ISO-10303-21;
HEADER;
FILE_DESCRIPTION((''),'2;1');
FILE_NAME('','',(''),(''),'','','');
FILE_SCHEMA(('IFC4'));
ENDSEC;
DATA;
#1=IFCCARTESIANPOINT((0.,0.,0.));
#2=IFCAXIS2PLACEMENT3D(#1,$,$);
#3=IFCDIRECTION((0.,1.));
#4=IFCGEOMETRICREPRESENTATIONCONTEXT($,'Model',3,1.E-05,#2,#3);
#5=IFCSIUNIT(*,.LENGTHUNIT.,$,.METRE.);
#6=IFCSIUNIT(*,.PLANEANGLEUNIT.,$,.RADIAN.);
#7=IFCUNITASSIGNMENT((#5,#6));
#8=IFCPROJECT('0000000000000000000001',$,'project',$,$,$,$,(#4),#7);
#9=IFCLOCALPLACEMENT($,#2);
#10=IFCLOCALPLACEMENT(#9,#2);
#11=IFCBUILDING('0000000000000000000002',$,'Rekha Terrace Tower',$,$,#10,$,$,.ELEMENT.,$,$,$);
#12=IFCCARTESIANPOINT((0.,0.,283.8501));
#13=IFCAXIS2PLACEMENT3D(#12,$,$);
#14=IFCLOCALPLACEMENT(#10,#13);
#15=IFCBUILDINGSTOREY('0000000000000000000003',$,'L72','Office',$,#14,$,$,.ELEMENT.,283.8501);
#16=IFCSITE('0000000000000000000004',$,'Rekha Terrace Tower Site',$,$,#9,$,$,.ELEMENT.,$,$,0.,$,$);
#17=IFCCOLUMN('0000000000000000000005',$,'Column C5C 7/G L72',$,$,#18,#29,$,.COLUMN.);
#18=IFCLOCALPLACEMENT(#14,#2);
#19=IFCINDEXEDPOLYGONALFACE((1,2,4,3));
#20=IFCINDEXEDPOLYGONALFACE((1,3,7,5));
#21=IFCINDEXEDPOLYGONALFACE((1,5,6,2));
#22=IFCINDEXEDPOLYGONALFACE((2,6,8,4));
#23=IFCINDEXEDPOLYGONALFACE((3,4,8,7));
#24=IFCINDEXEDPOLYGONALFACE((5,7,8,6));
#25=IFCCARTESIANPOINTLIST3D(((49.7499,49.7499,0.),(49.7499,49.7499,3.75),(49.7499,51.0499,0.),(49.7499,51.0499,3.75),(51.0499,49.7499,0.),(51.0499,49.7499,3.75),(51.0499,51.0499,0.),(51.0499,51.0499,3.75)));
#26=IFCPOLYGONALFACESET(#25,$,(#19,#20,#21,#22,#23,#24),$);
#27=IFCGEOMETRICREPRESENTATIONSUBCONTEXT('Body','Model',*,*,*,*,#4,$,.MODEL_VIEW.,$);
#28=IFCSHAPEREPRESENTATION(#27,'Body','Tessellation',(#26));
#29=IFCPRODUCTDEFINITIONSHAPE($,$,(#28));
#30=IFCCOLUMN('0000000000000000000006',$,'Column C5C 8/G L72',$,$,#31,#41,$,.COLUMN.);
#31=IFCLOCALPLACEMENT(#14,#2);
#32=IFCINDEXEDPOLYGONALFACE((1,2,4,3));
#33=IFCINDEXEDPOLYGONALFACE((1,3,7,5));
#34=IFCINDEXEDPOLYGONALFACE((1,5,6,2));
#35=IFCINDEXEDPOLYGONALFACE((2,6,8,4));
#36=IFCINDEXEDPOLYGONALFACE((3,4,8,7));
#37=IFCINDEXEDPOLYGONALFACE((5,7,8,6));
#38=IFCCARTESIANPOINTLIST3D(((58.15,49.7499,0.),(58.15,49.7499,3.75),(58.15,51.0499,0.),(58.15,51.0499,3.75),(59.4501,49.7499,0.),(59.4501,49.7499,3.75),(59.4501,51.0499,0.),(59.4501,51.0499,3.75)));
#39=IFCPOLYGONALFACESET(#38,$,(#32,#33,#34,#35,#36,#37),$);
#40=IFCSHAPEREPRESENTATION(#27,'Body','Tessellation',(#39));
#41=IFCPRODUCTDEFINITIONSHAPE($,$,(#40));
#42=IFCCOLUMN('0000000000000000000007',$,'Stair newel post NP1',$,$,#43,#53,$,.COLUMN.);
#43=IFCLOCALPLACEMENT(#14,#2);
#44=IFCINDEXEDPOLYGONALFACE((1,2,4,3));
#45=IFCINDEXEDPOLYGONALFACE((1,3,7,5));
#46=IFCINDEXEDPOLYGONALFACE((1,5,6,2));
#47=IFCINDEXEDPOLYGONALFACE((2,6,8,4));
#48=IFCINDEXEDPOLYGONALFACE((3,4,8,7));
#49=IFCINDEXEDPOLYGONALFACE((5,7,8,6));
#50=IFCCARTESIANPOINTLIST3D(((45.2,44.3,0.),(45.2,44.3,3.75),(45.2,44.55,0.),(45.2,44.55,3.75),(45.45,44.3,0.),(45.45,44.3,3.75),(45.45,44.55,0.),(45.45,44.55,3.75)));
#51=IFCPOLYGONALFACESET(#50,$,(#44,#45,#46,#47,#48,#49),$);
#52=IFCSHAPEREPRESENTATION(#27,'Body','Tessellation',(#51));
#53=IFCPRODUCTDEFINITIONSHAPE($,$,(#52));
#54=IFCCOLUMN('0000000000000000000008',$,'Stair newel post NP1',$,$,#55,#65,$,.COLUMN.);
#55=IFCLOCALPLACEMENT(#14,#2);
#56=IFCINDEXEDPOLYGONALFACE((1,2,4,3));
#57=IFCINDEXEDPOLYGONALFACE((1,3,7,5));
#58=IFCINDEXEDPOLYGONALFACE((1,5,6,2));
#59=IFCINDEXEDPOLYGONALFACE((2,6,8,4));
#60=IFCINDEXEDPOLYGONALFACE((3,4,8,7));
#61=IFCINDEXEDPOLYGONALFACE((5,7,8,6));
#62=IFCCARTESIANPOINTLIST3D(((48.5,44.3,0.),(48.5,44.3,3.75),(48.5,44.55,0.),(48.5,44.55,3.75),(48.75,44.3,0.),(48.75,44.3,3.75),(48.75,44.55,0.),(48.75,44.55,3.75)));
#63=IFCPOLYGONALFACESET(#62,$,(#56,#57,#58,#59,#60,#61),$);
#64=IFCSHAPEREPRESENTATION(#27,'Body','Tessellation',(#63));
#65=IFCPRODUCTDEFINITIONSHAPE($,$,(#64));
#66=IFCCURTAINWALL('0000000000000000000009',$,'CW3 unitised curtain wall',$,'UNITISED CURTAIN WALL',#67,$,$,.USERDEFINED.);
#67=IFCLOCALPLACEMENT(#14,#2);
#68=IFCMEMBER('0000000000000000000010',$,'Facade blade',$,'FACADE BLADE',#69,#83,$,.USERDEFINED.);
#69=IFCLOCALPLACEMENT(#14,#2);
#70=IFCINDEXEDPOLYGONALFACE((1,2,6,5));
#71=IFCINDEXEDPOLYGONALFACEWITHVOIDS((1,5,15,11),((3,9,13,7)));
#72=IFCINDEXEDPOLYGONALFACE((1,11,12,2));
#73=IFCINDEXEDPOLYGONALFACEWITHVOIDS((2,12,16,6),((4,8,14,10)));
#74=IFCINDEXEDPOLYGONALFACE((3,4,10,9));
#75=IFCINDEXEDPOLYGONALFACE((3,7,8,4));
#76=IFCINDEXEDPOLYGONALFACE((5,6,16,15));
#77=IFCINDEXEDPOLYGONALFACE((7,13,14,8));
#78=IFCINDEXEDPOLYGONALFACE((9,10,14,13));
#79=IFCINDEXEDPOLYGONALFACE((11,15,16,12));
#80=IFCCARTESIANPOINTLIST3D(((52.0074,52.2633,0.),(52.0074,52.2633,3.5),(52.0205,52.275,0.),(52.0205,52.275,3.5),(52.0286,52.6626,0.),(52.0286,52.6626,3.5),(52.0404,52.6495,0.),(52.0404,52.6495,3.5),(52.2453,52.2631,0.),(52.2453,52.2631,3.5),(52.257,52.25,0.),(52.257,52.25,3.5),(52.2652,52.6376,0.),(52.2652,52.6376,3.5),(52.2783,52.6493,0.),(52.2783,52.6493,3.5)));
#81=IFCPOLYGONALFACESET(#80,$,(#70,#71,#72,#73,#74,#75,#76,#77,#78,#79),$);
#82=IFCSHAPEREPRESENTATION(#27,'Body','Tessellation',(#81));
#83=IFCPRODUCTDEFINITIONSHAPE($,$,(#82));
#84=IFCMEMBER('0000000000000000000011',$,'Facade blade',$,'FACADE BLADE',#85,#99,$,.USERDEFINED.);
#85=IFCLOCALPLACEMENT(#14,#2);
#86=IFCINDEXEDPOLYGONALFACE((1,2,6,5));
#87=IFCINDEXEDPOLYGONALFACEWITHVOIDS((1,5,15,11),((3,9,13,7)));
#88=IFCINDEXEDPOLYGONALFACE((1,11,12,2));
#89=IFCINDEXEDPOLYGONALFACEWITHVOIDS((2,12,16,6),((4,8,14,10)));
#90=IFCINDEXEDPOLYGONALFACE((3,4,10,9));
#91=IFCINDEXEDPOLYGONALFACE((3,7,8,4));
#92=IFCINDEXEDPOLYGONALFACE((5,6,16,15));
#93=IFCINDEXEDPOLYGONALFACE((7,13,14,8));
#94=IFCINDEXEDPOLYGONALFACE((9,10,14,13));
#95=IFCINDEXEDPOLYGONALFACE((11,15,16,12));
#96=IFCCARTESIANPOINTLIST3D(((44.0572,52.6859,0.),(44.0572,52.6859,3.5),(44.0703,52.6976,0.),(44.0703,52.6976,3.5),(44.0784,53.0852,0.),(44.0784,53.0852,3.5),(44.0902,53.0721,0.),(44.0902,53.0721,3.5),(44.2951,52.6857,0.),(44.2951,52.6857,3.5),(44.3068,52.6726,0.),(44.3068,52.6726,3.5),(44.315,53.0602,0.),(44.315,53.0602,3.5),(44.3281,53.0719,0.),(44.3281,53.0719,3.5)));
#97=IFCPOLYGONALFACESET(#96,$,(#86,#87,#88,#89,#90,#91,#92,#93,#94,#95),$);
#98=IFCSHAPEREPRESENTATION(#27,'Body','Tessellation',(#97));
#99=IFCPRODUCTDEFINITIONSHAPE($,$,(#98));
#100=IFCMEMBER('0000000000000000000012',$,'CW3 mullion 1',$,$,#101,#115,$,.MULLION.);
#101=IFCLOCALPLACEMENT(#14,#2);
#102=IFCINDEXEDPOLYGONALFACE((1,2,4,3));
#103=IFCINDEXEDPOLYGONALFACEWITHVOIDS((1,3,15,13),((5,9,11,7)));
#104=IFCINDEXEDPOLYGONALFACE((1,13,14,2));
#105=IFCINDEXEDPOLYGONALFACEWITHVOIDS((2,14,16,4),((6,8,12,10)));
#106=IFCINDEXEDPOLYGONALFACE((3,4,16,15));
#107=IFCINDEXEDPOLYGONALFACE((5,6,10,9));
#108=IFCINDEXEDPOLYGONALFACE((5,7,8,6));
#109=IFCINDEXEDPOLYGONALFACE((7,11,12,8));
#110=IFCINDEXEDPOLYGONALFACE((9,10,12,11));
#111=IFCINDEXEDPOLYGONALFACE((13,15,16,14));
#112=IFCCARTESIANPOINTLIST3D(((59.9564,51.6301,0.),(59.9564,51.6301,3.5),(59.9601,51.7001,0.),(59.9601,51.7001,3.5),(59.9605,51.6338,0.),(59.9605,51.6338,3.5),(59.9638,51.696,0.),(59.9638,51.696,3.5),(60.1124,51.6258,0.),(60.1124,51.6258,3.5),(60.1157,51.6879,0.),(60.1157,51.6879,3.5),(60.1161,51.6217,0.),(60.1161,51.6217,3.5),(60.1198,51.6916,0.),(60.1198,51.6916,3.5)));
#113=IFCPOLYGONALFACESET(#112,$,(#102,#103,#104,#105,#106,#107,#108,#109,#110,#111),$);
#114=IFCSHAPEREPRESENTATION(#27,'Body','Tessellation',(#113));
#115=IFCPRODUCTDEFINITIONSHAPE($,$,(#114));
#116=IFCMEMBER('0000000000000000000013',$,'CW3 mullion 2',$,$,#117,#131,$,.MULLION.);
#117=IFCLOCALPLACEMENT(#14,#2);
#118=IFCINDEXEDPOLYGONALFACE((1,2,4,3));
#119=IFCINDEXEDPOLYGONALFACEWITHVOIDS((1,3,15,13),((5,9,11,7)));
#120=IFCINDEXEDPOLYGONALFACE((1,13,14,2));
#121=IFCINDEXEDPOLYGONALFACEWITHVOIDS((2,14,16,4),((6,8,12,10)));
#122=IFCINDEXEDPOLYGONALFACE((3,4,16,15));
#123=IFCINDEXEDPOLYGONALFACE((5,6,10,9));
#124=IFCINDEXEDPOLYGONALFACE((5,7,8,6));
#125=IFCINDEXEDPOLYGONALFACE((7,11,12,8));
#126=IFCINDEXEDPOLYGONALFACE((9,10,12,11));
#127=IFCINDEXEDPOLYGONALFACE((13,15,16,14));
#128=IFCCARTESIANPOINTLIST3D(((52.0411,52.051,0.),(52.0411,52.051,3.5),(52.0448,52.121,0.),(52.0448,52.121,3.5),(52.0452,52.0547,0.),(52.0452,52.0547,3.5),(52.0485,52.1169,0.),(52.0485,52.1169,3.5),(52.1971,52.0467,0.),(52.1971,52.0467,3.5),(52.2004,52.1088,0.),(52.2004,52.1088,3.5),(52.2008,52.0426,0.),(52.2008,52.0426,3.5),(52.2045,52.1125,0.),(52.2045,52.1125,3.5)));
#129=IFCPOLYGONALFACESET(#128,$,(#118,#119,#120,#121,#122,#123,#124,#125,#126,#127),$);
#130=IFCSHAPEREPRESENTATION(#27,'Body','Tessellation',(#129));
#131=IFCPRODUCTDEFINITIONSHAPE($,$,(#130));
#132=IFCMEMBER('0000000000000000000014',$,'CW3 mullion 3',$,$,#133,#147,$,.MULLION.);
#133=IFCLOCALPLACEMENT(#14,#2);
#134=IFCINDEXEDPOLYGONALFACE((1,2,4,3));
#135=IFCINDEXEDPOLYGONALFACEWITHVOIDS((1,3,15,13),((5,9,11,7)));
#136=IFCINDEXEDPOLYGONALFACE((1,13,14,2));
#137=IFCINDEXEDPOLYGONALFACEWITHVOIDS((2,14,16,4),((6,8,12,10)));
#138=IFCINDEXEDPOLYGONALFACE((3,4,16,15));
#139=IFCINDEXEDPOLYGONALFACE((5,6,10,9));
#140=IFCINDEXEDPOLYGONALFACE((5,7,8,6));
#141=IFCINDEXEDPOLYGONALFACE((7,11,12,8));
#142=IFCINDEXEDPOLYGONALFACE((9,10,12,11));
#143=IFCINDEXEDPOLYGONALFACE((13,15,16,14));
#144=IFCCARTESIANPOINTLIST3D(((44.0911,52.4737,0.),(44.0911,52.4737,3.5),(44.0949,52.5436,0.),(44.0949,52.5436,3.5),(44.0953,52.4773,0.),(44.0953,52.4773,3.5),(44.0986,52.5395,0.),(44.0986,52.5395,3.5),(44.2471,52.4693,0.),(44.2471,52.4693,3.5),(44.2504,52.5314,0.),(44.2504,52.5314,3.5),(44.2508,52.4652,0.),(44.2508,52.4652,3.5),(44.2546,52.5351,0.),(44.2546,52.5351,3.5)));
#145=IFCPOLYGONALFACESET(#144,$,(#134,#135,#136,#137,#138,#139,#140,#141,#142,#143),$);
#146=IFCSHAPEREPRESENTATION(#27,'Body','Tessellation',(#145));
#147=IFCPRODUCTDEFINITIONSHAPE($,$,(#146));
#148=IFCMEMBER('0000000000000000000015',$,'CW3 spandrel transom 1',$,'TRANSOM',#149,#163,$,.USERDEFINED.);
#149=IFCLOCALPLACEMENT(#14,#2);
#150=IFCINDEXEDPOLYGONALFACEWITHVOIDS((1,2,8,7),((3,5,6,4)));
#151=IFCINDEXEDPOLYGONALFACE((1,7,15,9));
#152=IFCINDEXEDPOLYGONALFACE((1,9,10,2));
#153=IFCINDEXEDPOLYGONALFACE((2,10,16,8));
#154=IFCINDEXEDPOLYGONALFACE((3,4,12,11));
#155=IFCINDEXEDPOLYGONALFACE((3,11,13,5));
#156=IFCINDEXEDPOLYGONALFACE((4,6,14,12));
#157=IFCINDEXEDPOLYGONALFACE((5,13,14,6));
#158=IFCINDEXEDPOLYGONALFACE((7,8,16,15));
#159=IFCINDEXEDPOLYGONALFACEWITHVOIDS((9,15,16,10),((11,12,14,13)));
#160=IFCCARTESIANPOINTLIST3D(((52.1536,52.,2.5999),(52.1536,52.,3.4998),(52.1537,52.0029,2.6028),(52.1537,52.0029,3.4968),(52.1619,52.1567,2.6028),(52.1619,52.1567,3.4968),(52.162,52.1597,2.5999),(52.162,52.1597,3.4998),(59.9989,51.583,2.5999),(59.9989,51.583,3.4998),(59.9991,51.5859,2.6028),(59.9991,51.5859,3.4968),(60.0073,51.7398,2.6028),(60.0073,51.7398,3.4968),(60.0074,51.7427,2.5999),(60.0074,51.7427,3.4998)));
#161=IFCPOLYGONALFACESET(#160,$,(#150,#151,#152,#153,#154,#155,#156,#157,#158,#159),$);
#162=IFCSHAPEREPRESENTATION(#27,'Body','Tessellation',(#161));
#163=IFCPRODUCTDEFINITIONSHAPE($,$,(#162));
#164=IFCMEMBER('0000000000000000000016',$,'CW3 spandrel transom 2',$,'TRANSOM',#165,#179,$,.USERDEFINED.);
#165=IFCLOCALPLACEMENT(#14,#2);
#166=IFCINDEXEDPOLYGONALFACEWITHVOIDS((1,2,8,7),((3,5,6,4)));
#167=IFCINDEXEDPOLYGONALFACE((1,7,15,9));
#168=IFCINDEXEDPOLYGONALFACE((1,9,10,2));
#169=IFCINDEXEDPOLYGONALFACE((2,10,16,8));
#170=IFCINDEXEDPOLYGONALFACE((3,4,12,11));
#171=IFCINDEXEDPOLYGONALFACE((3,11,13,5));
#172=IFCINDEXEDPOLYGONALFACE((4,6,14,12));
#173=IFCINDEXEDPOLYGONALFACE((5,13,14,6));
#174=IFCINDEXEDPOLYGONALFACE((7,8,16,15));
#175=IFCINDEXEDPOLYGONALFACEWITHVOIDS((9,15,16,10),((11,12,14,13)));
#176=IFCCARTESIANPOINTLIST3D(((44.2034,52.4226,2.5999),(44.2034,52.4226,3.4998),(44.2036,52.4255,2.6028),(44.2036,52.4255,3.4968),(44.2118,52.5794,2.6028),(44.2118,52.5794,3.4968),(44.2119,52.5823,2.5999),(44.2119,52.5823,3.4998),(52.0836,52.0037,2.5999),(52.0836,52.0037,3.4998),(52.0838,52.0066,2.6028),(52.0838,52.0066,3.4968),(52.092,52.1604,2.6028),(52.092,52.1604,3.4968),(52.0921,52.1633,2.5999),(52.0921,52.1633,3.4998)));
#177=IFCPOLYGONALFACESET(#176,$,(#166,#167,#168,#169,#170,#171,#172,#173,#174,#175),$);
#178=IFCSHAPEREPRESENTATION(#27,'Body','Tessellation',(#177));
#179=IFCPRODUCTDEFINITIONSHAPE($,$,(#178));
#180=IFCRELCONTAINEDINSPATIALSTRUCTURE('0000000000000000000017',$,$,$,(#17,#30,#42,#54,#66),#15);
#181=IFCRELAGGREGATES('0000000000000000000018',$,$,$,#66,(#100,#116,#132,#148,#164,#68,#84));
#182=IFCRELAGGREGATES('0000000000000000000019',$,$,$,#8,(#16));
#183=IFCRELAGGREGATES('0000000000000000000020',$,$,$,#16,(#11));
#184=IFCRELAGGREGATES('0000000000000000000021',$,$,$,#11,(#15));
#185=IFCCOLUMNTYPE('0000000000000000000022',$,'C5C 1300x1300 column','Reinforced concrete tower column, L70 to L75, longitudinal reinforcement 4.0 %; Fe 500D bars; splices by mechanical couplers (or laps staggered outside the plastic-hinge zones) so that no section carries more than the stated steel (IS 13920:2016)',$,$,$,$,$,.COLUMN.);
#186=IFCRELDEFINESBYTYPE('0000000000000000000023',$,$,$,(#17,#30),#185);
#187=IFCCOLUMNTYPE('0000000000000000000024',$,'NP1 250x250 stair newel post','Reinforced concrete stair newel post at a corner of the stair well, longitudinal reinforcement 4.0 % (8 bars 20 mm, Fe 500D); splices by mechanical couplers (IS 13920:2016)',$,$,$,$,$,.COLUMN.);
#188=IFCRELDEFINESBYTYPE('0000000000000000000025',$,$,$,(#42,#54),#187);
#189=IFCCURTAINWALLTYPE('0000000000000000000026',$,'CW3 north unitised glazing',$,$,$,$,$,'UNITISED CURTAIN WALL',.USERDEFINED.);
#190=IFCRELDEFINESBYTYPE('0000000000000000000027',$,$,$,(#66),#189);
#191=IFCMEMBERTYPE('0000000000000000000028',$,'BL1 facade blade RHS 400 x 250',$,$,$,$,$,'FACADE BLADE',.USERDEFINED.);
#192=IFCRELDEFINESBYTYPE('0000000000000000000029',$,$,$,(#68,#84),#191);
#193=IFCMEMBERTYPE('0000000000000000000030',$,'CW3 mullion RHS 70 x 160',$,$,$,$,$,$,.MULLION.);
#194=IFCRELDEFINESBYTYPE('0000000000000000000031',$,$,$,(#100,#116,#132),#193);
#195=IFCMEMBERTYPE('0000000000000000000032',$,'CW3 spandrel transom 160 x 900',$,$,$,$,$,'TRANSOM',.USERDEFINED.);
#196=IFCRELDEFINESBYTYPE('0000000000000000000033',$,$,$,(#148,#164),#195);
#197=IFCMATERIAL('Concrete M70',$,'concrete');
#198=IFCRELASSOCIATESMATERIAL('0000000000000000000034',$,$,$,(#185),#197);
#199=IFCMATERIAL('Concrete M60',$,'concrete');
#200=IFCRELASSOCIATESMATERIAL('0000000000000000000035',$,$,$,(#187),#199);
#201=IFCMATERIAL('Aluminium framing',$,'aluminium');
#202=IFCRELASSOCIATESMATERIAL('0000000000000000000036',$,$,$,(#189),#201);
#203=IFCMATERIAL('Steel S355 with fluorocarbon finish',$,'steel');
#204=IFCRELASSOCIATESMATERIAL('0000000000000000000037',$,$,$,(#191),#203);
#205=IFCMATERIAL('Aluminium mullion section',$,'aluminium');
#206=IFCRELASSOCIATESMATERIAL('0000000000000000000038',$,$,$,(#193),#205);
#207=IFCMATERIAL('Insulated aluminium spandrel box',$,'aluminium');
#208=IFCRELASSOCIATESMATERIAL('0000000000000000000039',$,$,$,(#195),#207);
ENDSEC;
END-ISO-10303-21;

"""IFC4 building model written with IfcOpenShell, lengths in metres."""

from ifc_helpers import new_model, si_unit, direction, frame, origin, origin_2d, place, context, subcontext, project, spatial, rectangle, hollow_rectangle, extrude, material, material_profile, profile_set, type_object, element, aggregate, save


model = new_model("IFC4")

# Units and contexts
model_context = context("Model", 3, precision=1e-05, world=origin(), true_north=direction((0.0, 1.0)))
body_context = subcontext(model_context, "Body", "Model", "MODEL_VIEW")
ifc_project = project(units=[si_unit("LENGTHUNIT", "METRE"), si_unit("PLANEANGLEUNIT", "RADIAN")], contexts=[model_context])

# Site, building, storey
site_placement = place(None, origin())
site = spatial("IfcSite", under=ifc_project, at=site_placement, Name="Rekha Terrace Tower Site", CompositionType="ELEMENT", RefElevation=0.0)
building_placement = place(site_placement, origin())
building = spatial("IfcBuilding", under=site, at=building_placement, Name="Rekha Terrace Tower", CompositionType="ELEMENT")
storey_placement = place(building_placement, frame((0.0, 0.0, 283.8501)))
storey = spatial("IfcBuildingStorey", under=building, at=storey_placement, Name="L72", Description="Office", CompositionType="ELEMENT", Elevation=283.8501)

# Columns
ifc_material_1 = material(Name="Concrete M70", Category="concrete")
ifc_material_profile_1 = material_profile(ifc_material_1, rectangle(XDim=1.3, YDim=1.3, at=origin_2d()), Name="RC 1300x1300")
ifc_profile_set_1 = profile_set([ifc_material_profile_1], Name="Concrete M70")
column_type_1 = type_object("IfcColumnType", Name="C5C 1300x1300 column", Description="Reinforced concrete tower column, L70 to L75, longitudinal reinforcement 4.0 %; Fe 500D bars; splices by mechanical couplers (or laps staggered outside the plastic-hinge zones) so that no section carries more than the stated steel (IS 13920:2016)", PredefinedType="COLUMN", material=ifc_profile_set_1)
for number, where, z_axis, x_axis, name in (
    (1, (50.3999, 50.3999, 0.0), (0.0, 0.0, 1.0), (1.0, 0.0, 0.0), "Column C5C 7/G L72"),
    (2, (58.8, 50.3999, 0.0), (0.0, 0.0, 1.0), (1.0, 0.0, 0.0), "Column C5C 8/G L72"),
):
    element("IfcColumn", number, at=place(storey_placement, frame(where, z_axis=z_axis, x_axis=x_axis)), inside=storey, type_object=column_type_1, Name=name, PredefinedType="COLUMN", context=body_context, shape_type="SweptSolid", body=[
        extrude(rectangle(XDim=1.3, YDim=1.3, at=origin_2d()), origin(), (0.0, 0.0, 1.0), 3.75),
    ])
ifc_material_2 = material(Name="Concrete M60", Category="concrete")
ifc_material_profile_2 = material_profile(ifc_material_2, rectangle(XDim=0.25, YDim=0.25, at=origin_2d()), Name="RC 250x250")
ifc_profile_set_2 = profile_set([ifc_material_profile_2], Name="Concrete M60")
column_type_2 = type_object("IfcColumnType", Name="NP1 250x250 stair newel post", Description="Reinforced concrete stair newel post at a corner of the stair well, longitudinal reinforcement 4.0 % (8 bars 20 mm, Fe 500D); splices by mechanical couplers (IS 13920:2016)", PredefinedType="COLUMN", material=ifc_profile_set_2)
for number, where, z_axis, x_axis, name in (
    (3, (45.325, 44.425, 0.0), (0.0, 0.0, 1.0), (1.0, 0.0, 0.0), "Stair newel post NP1"),
    (4, (48.625, 44.425, 0.0), (0.0, 0.0, 1.0), (1.0, 0.0, 0.0), "Stair newel post NP1"),
):
    element("IfcColumn", number, at=place(storey_placement, frame(where, z_axis=z_axis, x_axis=x_axis)), inside=storey, type_object=column_type_2, Name=name, PredefinedType="COLUMN", context=body_context, shape_type="SweptSolid", body=[
        extrude(rectangle(XDim=0.25, YDim=0.25, at=origin_2d()), origin(), (0.0, 0.0, 1.0), 3.75),
    ])

# Curtain wall, members
ifc_material_3 = material(Name="Aluminium framing", Category="aluminium")
curtain_wall_type = type_object("IfcCurtainWallType", Name="CW3 north unitised glazing", ElementType="UNITISED CURTAIN WALL", PredefinedType="USERDEFINED", material=ifc_material_3)
curtain_wall_placement = place(storey_placement, origin())
curtain_wall = element("IfcCurtainWall", 5, at=curtain_wall_placement, inside=storey, type_object=curtain_wall_type, Name="CW3 unitised curtain wall", ObjectType="UNITISED CURTAIN WALL", PredefinedType="USERDEFINED")
ifc_material_4 = material(Name="Steel S355 with fluorocarbon finish", Category="steel")
ifc_material_profile_3 = material_profile(ifc_material_4, hollow_rectangle(XDim=0.25, YDim=0.3999, WallThickness=0.0125, at=origin_2d()), Name="RHS400x250x12.5")
ifc_profile_set_3 = profile_set([ifc_material_profile_3], Name="Steel S355 with fluorocarbon finish")
member_type_1 = type_object("IfcMemberType", Name="BL1 facade blade RHS 400 x 250", ElementType="FACADE BLADE", PredefinedType="USERDEFINED", material=ifc_profile_set_3)
member_1_placement = place(storey_placement, frame((52.1428, 52.4563, 0.0), z_axis=(0.0, 0.0, 1.0), x_axis=(-0.99859, 0.053084, 0.0)))
member_1 = element("IfcMember", 6, at=member_1_placement, type_object=member_type_1, Name="Facade blade", ObjectType="FACADE BLADE", PredefinedType="USERDEFINED", context=body_context, shape_type="SweptSolid", body=[
    extrude(hollow_rectangle(XDim=0.25, YDim=0.3999, WallThickness=0.0125, at=origin_2d()), origin(), (0.0, 0.0, 1.0), 3.5),
])
member_2_placement = place(storey_placement, frame((44.1926, 52.8789, 0.0), z_axis=(0.0, 0.0, 1.0), x_axis=(-0.99859, 0.053084, 0.0)))
member_2 = element("IfcMember", 7, at=member_2_placement, type_object=member_type_1, Name="Facade blade", ObjectType="FACADE BLADE", PredefinedType="USERDEFINED", context=body_context, shape_type="SweptSolid", body=[
    extrude(hollow_rectangle(XDim=0.25, YDim=0.3999, WallThickness=0.0125, at=origin_2d()), origin(), (0.0, 0.0, 1.0), 3.5),
])
ifc_material_5 = material(Name="Aluminium mullion section", Category="aluminium")
ifc_material_profile_4 = material_profile(ifc_material_5, hollow_rectangle(XDim=0.0701, YDim=0.1599, WallThickness=0.0039, at=origin_2d()), Name="AL RHS 70x160")
ifc_profile_set_4 = profile_set([ifc_material_profile_4], Name="Aluminium mullion section")
member_type_2 = type_object("IfcMemberType", Name="CW3 mullion RHS 70 x 160", PredefinedType="MULLION", material=ifc_profile_set_4)
member_3_placement = place(storey_placement, frame((60.0381, 51.6609, 0.0), z_axis=(0.0, 0.0, 1.0), x_axis=(-0.053083, -0.99859, 0.0)))
member_3 = element("IfcMember", 8, at=member_3_placement, type_object=member_type_2, Name="CW3 mullion 1", PredefinedType="MULLION", context=body_context, shape_type="SweptSolid", body=[
    extrude(hollow_rectangle(XDim=0.0701, YDim=0.1599, WallThickness=0.0039, at=origin_2d()), origin(), (0.0, 0.0, 1.0), 3.5),
])
member_4_placement = place(storey_placement, frame((52.1228, 52.0818, 0.0), z_axis=(0.0, 0.0, 1.0), x_axis=(-0.053083, -0.99859, 0.0)))
member_4 = element("IfcMember", 9, at=member_4_placement, type_object=member_type_2, Name="CW3 mullion 2", PredefinedType="MULLION", context=body_context, shape_type="SweptSolid", body=[
    extrude(hollow_rectangle(XDim=0.0701, YDim=0.1599, WallThickness=0.0039, at=origin_2d()), origin(), (0.0, 0.0, 1.0), 3.5),
])
member_5_placement = place(storey_placement, frame((44.1729, 52.5044, 0.0), z_axis=(0.0, 0.0, 1.0), x_axis=(-0.053083, -0.99859, 0.0)))
member_5 = element("IfcMember", 10, at=member_5_placement, type_object=member_type_2, Name="CW3 mullion 3", PredefinedType="MULLION", context=body_context, shape_type="SweptSolid", body=[
    extrude(hollow_rectangle(XDim=0.0701, YDim=0.1599, WallThickness=0.0039, at=origin_2d()), origin(), (0.0, 0.0, 1.0), 3.5),
])
ifc_material_6 = material(Name="Insulated aluminium spandrel box", Category="aluminium")
ifc_material_profile_5 = material_profile(ifc_material_6, hollow_rectangle(XDim=0.1599, YDim=0.8999, WallThickness=0.0029, at=origin_2d()), Name="AL SPANDREL BOX 160x900")
ifc_profile_set_5 = profile_set([ifc_material_profile_5], Name="Insulated aluminium spandrel box")
member_type_3 = type_object("IfcMemberType", Name="CW3 spandrel transom 160 x 900", ElementType="TRANSOM", PredefinedType="USERDEFINED", material=ifc_profile_set_5)
member_6_placement = place(storey_placement, frame((60.0032, 51.6628, 3.0498), z_axis=(-0.99859, 0.053076, 0.0), x_axis=(-0.053076, -0.99859, 0.0)))
member_6 = element("IfcMember", 11, at=member_6_placement, type_object=member_type_3, Name="CW3 spandrel transom 1", ObjectType="TRANSOM", PredefinedType="USERDEFINED", context=body_context, shape_type="SweptSolid", body=[
    extrude(hollow_rectangle(XDim=0.1599, YDim=0.8999, WallThickness=0.0029, at=origin_2d()), origin(), (0.0, 0.0, 1.0), 7.8564),
])
member_7_placement = place(storey_placement, frame((52.0879, 52.0835, 3.0498), z_axis=(-0.99859, 0.05309, 0.0), x_axis=(-0.05309, -0.99859, 0.0)))
member_7 = element("IfcMember", 12, at=member_7_placement, type_object=member_type_3, Name="CW3 spandrel transom 2", ObjectType="TRANSOM", PredefinedType="USERDEFINED", context=body_context, shape_type="SweptSolid", body=[
    extrude(hollow_rectangle(XDim=0.1599, YDim=0.8999, WallThickness=0.0029, at=origin_2d()), origin(), (0.0, 0.0, 1.0), 7.8914),
])
aggregate(curtain_wall, [member_3, member_4, member_5, member_6, member_7, member_1, member_2])

save(model, "model.ifc")
